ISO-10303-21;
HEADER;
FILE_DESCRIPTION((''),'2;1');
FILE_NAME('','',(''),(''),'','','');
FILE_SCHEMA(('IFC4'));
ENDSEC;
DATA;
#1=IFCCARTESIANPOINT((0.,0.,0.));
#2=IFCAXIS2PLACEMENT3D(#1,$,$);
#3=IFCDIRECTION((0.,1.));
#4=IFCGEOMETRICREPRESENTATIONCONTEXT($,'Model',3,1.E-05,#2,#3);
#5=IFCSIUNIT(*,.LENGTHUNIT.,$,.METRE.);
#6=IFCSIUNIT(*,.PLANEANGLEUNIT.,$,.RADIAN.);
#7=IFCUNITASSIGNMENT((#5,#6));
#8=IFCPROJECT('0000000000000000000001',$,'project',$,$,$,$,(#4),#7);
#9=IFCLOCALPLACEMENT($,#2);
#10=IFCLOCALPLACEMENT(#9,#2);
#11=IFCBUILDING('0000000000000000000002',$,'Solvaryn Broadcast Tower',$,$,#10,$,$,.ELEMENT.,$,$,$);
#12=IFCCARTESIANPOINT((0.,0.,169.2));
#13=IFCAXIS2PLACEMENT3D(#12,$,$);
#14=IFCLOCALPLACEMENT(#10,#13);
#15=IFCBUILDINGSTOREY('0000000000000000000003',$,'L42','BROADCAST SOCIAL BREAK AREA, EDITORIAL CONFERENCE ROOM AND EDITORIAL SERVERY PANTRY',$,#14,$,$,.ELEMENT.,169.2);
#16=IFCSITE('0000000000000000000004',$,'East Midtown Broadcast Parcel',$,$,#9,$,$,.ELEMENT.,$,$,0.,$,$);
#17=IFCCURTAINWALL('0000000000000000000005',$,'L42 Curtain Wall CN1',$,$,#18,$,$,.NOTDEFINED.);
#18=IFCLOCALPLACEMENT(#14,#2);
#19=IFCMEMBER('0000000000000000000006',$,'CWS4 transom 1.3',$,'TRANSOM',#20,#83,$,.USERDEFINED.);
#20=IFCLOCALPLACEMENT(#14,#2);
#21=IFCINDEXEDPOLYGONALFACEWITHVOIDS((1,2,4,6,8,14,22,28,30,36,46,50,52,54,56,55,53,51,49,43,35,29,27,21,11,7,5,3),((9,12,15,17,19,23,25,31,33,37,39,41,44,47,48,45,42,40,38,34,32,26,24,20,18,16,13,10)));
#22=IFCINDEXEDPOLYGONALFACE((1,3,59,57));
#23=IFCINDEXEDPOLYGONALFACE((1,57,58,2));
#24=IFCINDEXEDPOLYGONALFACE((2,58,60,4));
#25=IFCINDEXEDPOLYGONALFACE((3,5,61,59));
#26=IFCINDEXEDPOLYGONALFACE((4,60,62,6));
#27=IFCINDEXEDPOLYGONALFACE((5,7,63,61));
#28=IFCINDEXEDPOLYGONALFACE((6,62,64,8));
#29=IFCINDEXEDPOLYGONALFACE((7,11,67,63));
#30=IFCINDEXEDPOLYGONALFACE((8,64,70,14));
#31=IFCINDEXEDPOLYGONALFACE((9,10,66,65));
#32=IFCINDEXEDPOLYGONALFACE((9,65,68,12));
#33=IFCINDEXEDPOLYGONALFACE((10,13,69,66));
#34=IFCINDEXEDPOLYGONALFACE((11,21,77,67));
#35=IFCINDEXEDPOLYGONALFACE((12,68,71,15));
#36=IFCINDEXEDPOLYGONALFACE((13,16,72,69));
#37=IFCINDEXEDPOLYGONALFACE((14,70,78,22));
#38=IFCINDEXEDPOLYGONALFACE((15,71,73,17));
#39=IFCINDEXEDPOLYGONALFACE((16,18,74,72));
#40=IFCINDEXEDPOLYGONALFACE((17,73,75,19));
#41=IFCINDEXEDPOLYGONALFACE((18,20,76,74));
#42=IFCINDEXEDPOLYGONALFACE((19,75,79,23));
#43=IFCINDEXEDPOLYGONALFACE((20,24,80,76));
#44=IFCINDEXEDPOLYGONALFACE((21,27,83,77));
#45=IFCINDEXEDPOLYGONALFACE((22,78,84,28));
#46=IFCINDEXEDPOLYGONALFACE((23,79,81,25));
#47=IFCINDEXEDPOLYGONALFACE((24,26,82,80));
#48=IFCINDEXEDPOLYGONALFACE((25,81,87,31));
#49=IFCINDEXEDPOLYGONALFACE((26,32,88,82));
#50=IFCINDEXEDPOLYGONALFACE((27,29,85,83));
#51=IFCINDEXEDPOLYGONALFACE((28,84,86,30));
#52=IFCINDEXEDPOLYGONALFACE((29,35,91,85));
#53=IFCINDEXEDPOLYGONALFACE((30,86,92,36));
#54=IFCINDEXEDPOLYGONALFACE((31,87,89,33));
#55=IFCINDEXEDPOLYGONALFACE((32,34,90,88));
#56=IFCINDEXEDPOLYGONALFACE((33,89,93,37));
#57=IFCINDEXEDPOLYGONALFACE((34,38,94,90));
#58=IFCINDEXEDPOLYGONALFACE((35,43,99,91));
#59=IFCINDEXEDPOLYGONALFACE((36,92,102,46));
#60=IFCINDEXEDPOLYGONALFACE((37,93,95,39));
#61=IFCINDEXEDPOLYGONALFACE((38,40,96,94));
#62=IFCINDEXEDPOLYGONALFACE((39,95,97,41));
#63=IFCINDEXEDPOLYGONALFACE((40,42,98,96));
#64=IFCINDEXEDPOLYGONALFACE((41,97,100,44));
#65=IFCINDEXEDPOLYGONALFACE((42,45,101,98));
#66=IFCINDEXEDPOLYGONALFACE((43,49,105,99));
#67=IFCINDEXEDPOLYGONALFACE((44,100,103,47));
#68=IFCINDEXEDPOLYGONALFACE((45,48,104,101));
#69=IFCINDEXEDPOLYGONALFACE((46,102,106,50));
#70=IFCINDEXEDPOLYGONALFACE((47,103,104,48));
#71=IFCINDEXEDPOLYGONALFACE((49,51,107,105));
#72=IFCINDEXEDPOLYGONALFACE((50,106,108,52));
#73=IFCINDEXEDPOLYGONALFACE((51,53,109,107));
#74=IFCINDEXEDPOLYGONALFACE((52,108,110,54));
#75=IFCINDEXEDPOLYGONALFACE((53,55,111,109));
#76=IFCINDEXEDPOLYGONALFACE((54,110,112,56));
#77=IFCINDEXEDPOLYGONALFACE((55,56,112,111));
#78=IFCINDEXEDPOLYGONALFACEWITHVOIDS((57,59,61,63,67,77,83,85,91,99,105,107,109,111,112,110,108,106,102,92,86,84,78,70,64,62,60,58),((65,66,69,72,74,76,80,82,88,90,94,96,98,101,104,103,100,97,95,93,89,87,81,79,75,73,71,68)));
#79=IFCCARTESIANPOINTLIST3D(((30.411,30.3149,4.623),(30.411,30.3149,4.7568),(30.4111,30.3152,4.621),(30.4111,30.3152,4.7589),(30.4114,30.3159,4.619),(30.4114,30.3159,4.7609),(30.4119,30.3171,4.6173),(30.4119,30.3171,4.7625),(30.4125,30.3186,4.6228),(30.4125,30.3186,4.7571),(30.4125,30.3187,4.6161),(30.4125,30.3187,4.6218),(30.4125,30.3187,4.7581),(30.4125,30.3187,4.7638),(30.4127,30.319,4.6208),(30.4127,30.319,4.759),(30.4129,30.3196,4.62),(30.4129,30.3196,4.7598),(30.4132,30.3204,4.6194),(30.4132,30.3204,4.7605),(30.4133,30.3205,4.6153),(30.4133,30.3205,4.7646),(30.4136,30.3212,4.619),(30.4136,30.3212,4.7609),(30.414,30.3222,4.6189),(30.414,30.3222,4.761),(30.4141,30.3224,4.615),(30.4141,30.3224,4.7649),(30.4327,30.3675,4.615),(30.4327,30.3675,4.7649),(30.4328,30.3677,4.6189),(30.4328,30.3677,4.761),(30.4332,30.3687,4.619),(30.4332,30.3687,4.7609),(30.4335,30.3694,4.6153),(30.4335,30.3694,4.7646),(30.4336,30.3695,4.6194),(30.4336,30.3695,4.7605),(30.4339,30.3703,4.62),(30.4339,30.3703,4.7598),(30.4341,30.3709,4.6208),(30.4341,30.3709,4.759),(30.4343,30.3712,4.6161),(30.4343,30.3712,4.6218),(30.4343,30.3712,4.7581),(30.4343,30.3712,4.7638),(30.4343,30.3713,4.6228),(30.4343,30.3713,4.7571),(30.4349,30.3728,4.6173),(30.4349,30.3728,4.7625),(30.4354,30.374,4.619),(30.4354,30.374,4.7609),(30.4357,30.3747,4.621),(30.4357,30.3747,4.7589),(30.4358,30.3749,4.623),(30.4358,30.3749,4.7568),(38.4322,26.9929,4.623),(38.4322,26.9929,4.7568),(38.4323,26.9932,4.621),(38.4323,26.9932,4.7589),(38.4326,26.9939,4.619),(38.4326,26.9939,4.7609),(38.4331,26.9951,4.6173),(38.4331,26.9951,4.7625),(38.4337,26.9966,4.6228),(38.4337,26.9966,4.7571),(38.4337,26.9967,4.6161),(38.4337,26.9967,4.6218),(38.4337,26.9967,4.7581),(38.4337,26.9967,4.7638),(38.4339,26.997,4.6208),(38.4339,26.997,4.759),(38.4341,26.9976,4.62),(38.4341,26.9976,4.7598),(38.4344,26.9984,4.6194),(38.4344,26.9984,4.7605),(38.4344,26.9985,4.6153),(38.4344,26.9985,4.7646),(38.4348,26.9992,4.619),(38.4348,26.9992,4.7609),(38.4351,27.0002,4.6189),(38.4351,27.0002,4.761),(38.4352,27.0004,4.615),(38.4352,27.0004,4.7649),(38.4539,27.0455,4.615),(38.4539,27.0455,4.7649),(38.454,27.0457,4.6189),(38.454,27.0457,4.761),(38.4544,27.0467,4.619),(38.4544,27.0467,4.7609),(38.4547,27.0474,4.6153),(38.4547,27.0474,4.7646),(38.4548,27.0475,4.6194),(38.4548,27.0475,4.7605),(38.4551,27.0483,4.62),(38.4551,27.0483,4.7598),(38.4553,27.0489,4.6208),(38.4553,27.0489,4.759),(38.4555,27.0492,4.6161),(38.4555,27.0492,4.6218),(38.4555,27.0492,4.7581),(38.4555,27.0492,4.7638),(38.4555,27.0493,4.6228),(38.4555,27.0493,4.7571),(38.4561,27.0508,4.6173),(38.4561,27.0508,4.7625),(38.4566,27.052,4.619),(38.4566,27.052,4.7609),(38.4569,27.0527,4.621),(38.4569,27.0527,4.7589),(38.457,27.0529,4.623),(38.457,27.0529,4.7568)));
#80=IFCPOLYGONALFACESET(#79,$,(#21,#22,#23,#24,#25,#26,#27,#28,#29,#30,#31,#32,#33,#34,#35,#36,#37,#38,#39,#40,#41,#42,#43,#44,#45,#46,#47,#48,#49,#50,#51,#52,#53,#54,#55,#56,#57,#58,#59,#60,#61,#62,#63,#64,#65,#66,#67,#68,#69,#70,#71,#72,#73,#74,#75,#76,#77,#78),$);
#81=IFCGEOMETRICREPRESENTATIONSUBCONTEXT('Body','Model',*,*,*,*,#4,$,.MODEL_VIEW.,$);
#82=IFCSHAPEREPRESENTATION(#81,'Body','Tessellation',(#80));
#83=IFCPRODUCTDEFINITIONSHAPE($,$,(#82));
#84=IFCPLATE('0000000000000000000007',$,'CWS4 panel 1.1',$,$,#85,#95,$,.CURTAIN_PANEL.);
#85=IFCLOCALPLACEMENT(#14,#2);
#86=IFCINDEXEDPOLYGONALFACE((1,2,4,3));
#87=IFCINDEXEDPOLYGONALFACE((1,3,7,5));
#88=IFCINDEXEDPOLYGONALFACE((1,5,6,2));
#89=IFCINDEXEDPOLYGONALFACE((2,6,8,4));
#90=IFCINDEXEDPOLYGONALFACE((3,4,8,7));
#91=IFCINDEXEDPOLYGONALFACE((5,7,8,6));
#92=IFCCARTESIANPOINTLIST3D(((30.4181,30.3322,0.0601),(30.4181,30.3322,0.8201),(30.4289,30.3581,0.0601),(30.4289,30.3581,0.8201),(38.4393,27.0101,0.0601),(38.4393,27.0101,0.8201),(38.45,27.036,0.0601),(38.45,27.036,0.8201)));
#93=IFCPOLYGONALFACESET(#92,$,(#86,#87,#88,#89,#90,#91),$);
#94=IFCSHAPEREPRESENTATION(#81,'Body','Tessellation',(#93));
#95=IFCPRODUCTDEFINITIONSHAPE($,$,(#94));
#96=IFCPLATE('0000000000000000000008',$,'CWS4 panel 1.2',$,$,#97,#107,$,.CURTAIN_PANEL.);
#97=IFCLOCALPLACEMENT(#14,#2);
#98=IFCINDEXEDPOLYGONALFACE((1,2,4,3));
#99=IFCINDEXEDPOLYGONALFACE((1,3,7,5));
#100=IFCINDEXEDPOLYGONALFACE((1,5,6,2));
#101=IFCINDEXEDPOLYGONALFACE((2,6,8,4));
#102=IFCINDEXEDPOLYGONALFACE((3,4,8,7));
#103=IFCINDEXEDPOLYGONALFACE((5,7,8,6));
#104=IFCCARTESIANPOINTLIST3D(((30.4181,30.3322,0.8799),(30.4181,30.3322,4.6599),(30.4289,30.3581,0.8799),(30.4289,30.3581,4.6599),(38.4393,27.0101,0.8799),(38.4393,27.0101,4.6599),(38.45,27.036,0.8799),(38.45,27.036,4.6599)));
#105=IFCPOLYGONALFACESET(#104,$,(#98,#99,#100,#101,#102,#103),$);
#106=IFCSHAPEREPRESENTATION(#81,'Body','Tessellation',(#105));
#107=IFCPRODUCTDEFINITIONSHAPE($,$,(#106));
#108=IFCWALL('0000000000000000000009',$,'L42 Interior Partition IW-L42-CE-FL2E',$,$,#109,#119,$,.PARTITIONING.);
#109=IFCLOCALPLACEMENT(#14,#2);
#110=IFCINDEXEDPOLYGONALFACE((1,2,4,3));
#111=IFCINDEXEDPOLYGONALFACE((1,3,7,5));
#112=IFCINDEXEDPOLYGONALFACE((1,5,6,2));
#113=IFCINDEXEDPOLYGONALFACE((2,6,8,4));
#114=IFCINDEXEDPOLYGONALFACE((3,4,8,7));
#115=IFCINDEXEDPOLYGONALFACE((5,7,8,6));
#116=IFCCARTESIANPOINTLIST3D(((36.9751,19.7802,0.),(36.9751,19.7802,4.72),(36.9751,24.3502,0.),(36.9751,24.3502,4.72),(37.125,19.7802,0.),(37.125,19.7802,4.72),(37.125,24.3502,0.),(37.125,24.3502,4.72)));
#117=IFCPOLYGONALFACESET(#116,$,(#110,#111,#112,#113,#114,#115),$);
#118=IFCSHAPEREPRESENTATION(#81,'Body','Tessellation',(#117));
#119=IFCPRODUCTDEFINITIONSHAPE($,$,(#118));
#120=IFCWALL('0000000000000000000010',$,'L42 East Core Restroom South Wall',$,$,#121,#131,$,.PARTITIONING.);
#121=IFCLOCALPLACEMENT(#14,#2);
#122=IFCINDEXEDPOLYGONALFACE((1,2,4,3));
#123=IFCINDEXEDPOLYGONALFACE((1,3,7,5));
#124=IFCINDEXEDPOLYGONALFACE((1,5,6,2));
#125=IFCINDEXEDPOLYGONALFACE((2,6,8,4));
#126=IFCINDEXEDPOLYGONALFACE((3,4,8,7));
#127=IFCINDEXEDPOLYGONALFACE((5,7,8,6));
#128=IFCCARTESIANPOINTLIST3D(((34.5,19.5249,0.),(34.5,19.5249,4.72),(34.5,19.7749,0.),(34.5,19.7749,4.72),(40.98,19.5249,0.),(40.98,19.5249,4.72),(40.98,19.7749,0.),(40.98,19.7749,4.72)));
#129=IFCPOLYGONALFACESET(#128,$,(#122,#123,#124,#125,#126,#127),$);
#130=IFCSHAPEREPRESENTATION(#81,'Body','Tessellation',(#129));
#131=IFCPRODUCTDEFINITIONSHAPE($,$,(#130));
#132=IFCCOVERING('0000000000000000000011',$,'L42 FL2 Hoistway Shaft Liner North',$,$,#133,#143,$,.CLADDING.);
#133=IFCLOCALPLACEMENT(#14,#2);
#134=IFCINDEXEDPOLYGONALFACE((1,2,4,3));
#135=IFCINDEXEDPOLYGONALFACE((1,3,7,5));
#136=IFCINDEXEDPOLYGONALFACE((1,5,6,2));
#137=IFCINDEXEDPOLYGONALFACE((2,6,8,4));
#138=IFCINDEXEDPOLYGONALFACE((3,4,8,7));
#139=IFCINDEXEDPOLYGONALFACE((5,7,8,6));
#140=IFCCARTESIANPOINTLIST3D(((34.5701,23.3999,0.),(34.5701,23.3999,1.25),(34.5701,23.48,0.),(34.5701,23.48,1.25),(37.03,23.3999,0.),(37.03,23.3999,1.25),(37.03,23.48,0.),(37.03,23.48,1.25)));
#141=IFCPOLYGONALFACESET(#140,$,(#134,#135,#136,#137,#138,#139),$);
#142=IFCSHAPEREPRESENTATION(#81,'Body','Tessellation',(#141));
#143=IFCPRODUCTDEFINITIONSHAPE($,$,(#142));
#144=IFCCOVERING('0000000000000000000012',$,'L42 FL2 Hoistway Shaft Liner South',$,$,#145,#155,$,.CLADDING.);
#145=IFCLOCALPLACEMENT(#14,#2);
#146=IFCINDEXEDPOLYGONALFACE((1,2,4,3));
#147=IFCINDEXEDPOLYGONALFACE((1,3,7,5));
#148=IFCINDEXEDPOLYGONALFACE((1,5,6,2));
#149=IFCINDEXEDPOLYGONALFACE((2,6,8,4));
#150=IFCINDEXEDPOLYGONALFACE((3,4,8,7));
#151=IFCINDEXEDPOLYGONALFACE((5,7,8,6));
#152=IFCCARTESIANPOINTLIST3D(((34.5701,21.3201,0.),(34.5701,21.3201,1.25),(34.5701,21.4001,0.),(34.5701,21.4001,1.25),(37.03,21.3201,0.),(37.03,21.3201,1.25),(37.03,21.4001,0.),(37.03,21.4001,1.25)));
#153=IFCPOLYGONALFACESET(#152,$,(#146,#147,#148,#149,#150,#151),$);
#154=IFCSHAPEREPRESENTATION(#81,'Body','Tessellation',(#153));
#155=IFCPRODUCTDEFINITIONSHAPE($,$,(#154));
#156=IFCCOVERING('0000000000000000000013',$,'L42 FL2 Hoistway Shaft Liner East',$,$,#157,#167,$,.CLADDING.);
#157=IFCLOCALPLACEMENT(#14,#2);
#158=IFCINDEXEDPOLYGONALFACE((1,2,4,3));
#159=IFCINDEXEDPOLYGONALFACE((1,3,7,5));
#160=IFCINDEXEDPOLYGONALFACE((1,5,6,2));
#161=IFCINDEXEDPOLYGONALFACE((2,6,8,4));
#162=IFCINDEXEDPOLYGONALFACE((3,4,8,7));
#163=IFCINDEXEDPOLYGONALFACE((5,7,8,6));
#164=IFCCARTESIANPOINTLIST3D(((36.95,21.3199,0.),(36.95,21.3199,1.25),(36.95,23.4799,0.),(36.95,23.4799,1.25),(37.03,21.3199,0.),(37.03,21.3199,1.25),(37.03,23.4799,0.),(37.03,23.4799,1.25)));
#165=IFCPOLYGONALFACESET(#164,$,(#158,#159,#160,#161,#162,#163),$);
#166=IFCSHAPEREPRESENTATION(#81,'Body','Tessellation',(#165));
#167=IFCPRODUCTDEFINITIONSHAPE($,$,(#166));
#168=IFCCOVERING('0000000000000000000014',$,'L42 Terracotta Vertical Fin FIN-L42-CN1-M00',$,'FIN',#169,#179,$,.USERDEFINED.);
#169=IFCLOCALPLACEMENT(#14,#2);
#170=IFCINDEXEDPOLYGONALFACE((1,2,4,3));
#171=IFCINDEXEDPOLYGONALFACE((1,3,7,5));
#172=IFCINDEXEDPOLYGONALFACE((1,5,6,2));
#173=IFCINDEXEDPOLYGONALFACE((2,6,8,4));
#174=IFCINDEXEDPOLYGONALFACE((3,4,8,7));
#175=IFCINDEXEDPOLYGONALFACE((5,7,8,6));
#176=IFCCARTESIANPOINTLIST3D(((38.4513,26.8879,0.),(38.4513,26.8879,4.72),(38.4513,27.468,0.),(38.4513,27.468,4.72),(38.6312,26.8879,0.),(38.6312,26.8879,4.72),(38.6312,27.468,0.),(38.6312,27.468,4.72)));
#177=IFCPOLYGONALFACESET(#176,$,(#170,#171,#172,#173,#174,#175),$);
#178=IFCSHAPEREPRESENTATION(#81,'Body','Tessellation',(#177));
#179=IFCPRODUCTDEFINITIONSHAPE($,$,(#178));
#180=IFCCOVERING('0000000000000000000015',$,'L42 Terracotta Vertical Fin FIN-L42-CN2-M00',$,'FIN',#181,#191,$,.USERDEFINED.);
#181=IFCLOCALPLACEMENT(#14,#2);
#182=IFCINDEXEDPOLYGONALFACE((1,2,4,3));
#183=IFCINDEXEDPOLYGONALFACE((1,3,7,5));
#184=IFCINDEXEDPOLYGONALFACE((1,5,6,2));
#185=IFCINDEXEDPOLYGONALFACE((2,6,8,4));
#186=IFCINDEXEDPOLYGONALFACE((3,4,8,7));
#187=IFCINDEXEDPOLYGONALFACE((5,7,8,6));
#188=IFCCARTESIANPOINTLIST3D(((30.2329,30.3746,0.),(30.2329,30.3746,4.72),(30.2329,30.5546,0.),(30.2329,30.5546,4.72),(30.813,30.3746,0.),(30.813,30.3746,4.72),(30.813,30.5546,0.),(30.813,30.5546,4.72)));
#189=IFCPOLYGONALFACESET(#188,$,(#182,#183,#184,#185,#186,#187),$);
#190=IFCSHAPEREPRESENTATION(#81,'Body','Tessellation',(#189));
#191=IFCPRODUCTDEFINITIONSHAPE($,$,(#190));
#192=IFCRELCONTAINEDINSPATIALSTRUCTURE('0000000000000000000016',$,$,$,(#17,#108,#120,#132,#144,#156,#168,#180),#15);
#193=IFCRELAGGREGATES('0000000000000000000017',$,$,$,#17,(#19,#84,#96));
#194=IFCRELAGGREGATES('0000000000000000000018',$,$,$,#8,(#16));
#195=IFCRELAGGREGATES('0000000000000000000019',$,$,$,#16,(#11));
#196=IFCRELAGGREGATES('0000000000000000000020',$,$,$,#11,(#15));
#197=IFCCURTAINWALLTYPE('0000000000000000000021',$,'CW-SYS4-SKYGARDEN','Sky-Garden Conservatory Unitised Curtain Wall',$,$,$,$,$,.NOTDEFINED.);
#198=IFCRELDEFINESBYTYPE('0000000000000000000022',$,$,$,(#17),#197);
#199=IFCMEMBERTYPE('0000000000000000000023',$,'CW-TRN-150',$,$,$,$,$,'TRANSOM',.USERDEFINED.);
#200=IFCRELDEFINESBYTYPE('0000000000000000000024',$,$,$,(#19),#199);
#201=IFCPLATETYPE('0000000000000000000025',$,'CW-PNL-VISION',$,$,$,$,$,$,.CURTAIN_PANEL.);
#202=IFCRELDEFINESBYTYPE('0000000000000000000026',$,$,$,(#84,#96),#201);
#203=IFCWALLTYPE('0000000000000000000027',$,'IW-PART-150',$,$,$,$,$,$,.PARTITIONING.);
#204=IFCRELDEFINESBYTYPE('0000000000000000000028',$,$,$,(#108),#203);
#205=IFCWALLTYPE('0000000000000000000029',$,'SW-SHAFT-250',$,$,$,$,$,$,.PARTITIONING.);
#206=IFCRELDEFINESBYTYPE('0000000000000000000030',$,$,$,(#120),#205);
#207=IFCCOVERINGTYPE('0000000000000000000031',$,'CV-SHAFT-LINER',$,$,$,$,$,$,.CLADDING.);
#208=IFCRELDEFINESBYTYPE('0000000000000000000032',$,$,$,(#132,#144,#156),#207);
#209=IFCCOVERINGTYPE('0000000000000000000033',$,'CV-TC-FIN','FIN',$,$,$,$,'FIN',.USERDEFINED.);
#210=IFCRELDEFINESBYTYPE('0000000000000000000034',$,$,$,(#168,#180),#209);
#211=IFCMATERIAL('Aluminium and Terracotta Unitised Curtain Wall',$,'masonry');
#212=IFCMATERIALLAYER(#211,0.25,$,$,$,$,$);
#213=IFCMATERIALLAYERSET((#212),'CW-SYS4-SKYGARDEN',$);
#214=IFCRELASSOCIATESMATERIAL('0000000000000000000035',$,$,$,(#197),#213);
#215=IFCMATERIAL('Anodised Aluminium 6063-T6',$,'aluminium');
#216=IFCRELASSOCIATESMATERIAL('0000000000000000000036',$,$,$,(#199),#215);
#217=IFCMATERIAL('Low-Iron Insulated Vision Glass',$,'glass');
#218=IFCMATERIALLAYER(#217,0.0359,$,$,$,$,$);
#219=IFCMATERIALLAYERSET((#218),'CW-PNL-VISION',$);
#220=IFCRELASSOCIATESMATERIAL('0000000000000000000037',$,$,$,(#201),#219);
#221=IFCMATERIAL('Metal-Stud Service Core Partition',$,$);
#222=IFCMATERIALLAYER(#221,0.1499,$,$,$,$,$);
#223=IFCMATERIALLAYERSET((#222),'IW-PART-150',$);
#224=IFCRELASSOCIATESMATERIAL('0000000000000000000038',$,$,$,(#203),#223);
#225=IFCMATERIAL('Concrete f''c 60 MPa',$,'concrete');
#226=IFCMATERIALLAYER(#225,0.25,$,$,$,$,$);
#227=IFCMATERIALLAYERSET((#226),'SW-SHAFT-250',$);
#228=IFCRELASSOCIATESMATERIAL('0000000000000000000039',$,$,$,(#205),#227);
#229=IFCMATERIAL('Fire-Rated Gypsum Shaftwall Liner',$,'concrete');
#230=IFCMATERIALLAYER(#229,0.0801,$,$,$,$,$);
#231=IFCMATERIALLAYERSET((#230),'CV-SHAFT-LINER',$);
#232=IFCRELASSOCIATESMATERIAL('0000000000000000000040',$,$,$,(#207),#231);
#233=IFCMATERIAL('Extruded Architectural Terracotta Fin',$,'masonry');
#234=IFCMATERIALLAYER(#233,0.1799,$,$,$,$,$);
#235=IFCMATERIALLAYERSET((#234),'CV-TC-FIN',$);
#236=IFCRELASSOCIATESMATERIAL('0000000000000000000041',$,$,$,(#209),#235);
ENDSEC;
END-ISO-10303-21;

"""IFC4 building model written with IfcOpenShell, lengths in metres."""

from ifc_helpers import new_model, si_unit, direction, frame, frame_2d, origin, origin_2d, place, context, subcontext, project, spatial, rectangle, hollow_rectangle, extrude, material, layer, layer_set, material_profile, profile_set, type_object, element, aggregate, save


model = new_model("IFC4")

# Units and contexts
model_context = context("Model", 3, precision=1e-05, world=origin(), true_north=direction((0.0, 1.0)))
body_context = subcontext(model_context, "Body", "Model", "MODEL_VIEW")
ifc_project = project(units=[si_unit("LENGTHUNIT", "METRE"), si_unit("PLANEANGLEUNIT", "RADIAN")], contexts=[model_context])

# Site, building, storey
site_placement = place(None, origin())
site = spatial("IfcSite", under=ifc_project, at=site_placement, Name="East Midtown Broadcast Parcel", CompositionType="ELEMENT", RefElevation=0.0)
building_placement = place(site_placement, origin())
building = spatial("IfcBuilding", under=site, at=building_placement, Name="Solvaryn Broadcast Tower", CompositionType="ELEMENT")
storey_placement = place(building_placement, frame((0.0, 0.0, 169.2)))
storey = spatial("IfcBuildingStorey", under=building, at=storey_placement, Name="L42", Description="BROADCAST SOCIAL BREAK AREA, EDITORIAL CONFERENCE ROOM AND EDITORIAL SERVERY PANTRY", CompositionType="ELEMENT", Elevation=169.2)

# Curtain wall
ifc_material_1 = material(Name="Aluminium and Terracotta Unitised Curtain Wall", Category="masonry")
ifc_layer_1 = layer(ifc_material_1, 0.25)
ifc_layer_set_1 = layer_set([ifc_layer_1], Name="CW-SYS4-SKYGARDEN")
curtain_wall_type = type_object("IfcCurtainWallType", Name="CW-SYS4-SKYGARDEN", Description="Sky-Garden Conservatory Unitised Curtain Wall", PredefinedType="NOTDEFINED", material=ifc_layer_set_1)
curtain_wall_1_placement = place(storey_placement, origin())
curtain_wall_1 = element("IfcCurtainWall", 1, at=curtain_wall_1_placement, inside=storey, type_object=curtain_wall_type, Name="L42 Curtain Wall CN1", PredefinedType="NOTDEFINED")

# Member
ifc_material_2 = material(Name="Anodised Aluminium 6063-T6", Category="aluminium")
ifc_material_profile_1 = material_profile(ifc_material_2, hollow_rectangle(XDim=0.0649, YDim=0.1499, WallThickness=0.0039, InnerFilletRadius=0.0039, OuterFilletRadius=0.0081, at=origin_2d()))
ifc_profile_set_1 = profile_set([ifc_material_profile_1], Name="Anodised Aluminium 6063-T6")
member_type_1 = type_object("IfcMemberType", Name="CW-TRN-150", ElementType="TRANSOM", PredefinedType="USERDEFINED", material=ifc_profile_set_1)
member_1_placement = place(storey_placement, frame((38.4446, 27.0229, 4.6899), z_axis=(-0.923899, 0.382636, 0.0), x_axis=(-0.382636, -0.923899, 0.0)))
member_1 = element("IfcMember", 2, at=member_1_placement, type_object=member_type_1, Name="CWS4 transom 1.3", ObjectType="TRANSOM", PredefinedType="USERDEFINED", context=body_context, shape_type="SweptSolid", body=[
    extrude(hollow_rectangle(XDim=0.0649, YDim=0.1499, WallThickness=0.0039, InnerFilletRadius=0.0039, OuterFilletRadius=0.0081, at=origin_2d()), origin(), (0.0, 0.0, 1.0), 8.6819),
])

# Plates
ifc_material_3 = material(Name="Low-Iron Insulated Vision Glass", Category="glass")
ifc_layer_2 = layer(ifc_material_3, 0.0359)
ifc_layer_set_2 = layer_set([ifc_layer_2], Name="CW-PNL-VISION")
plate_type = type_object("IfcPlateType", Name="CW-PNL-VISION", PredefinedType="CURTAIN_PANEL", material=ifc_layer_set_2)
plate_1_placement = place(storey_placement, frame((34.4341, 28.6841, 0.0601), z_axis=(0.0, 0.0, 1.0), x_axis=(-0.923895, 0.382646, 0.0)))
plate_1 = element("IfcPlate", 3, at=plate_1_placement, type_object=plate_type, Name="CWS4 panel 1.1", PredefinedType="CURTAIN_PANEL", context=body_context, shape_type="SweptSolid", body=[
    extrude(rectangle(XDim=8.6819, YDim=0.0281, at=origin_2d()), origin(), (0.0, 0.0, 1.0), 0.76),
])
plate_2_placement = place(storey_placement, frame((34.4341, 28.6841, 0.8799), z_axis=(0.0, 0.0, 1.0), x_axis=(-0.923895, 0.382646, 0.0)))
plate_2 = element("IfcPlate", 4, at=plate_2_placement, type_object=plate_type, Name="CWS4 panel 1.2", PredefinedType="CURTAIN_PANEL", context=body_context, shape_type="SweptSolid", body=[
    extrude(rectangle(XDim=8.6819, YDim=0.0281, at=origin_2d()), origin(), (0.0, 0.0, 1.0), 3.78),
])
aggregate(curtain_wall_1, [member_1, plate_1, plate_2])

# Wall
ifc_material_4 = material(Name="Metal-Stud Service Core Partition")
ifc_layer_3 = layer(ifc_material_4, 0.1499)
ifc_layer_set_3 = layer_set([ifc_layer_3], Name="IW-PART-150")
wall_type_1 = type_object("IfcWallType", Name="IW-PART-150", PredefinedType="PARTITIONING", material=ifc_layer_set_3)
wall_1_placement = place(storey_placement, frame((37.05, 19.78, 0.0), z_axis=(0.0, 0.0, 1.0), x_axis=(0.0, 1.0, 0.0)))
element("IfcWall", 5, at=wall_1_placement, inside=storey, type_object=wall_type_1, Name="L42 Interior Partition IW-L42-CE-FL2E", PredefinedType="PARTITIONING", context=body_context, shape_type="SweptSolid", body=[
    extrude(rectangle(XDim=4.5701, YDim=0.1499, at=frame_2d((2.2852, 0.0))), origin(), (0.0, 0.0, 1.0), 4.72),
])

# Shared definitions
ifc_material_5 = material(Name="Concrete f'c 60 MPa", Category="concrete")
ifc_layer_4 = layer(ifc_material_5, 0.25)
ifc_layer_set_4 = layer_set([ifc_layer_4], Name="SW-SHAFT-250")
wall_type_2 = type_object("IfcWallType", Name="SW-SHAFT-250", PredefinedType="PARTITIONING", material=ifc_layer_set_4)

# Wall
wall_2_placement = place(storey_placement, frame((34.5, 19.6499, 0.0), z_axis=(0.0, 0.0, 1.0), x_axis=(1.0, 0.0, 0.0)))
element("IfcWall", 6, at=wall_2_placement, inside=storey, type_object=wall_type_2, Name="L42 East Core Restroom South Wall", PredefinedType="PARTITIONING", context=body_context, shape_type="SweptSolid", body=[
    extrude(rectangle(XDim=6.48, YDim=0.25, at=frame_2d((3.24, 0.0))), origin(), (0.0, 0.0, 1.0), 4.72),
])

# Coverings
ifc_material_6 = material(Name="Fire-Rated Gypsum Shaftwall Liner", Category="concrete")
ifc_layer_5 = layer(ifc_material_6, 0.0801)
ifc_layer_set_5 = layer_set([ifc_layer_5], Name="CV-SHAFT-LINER")
covering_type_1 = type_object("IfcCoveringType", Name="CV-SHAFT-LINER", PredefinedType="CLADDING", material=ifc_layer_set_5)
for number, where, z_axis, x_axis, name in (
    (7, (35.8, 23.4399, 0.0), (0.0, 0.0, 1.0), (1.0, 0.0, 0.0), "L42 FL2 Hoistway Shaft Liner North"),
    (8, (35.8, 21.3601, 0.0), (0.0, 0.0, 1.0), (1.0, 0.0, 0.0), "L42 FL2 Hoistway Shaft Liner South"),
):
    element("IfcCovering", number, at=place(storey_placement, frame(where, z_axis=z_axis, x_axis=x_axis)), inside=storey, type_object=covering_type_1, Name=name, PredefinedType="CLADDING", context=body_context, shape_type="SweptSolid", body=[
        extrude(rectangle(XDim=2.46, YDim=0.0801, at=origin_2d()), origin(), (0.0, 0.0, 1.0), 1.25),
    ])
covering_1_placement = place(storey_placement, frame((36.99, 22.3999, 0.0), z_axis=(0.0, 0.0, 1.0), x_axis=(1.0, 0.0, 0.0)))
element("IfcCovering", 9, at=covering_1_placement, inside=storey, type_object=covering_type_1, Name="L42 FL2 Hoistway Shaft Liner East", PredefinedType="CLADDING", context=body_context, shape_type="SweptSolid", body=[
    extrude(rectangle(XDim=0.0801, YDim=2.1599, at=origin_2d()), origin(), (0.0, 0.0, 1.0), 1.25),
])
ifc_material_7 = material(Name="Extruded Architectural Terracotta Fin", Category="masonry")
ifc_layer_6 = layer(ifc_material_7, 0.1799)
ifc_layer_set_6 = layer_set([ifc_layer_6], Name="CV-TC-FIN")
covering_type_2 = type_object("IfcCoveringType", Name="CV-TC-FIN", Description="FIN", ElementType="FIN", PredefinedType="USERDEFINED", material=ifc_layer_set_6)
covering_2_placement = place(storey_placement, frame((38.5413, 27.178, 0.0), z_axis=(0.0, 0.0, 1.0), x_axis=(1.0, 0.0, 0.0)))
element("IfcCovering", 10, at=covering_2_placement, inside=storey, type_object=covering_type_2, Name="L42 Terracotta Vertical Fin FIN-L42-CN1-M00", ObjectType="FIN", PredefinedType="USERDEFINED", context=body_context, shape_type="SweptSolid", body=[
    extrude(rectangle(XDim=0.1799, YDim=0.5801, at=origin_2d()), origin(), (0.0, 0.0, 1.0), 4.72),
])
covering_3_placement = place(storey_placement, frame((30.5229, 30.4646, 0.0), z_axis=(0.0, 0.0, 1.0), x_axis=(1.0, 0.0, 0.0)))
element("IfcCovering", 11, at=covering_3_placement, inside=storey, type_object=covering_type_2, Name="L42 Terracotta Vertical Fin FIN-L42-CN2-M00", ObjectType="FIN", PredefinedType="USERDEFINED", context=body_context, shape_type="SweptSolid", body=[
    extrude(rectangle(XDim=0.5801, YDim=0.1799, at=origin_2d()), origin(), (0.0, 0.0, 1.0), 4.72),
])

save(model, "model.ifc")
